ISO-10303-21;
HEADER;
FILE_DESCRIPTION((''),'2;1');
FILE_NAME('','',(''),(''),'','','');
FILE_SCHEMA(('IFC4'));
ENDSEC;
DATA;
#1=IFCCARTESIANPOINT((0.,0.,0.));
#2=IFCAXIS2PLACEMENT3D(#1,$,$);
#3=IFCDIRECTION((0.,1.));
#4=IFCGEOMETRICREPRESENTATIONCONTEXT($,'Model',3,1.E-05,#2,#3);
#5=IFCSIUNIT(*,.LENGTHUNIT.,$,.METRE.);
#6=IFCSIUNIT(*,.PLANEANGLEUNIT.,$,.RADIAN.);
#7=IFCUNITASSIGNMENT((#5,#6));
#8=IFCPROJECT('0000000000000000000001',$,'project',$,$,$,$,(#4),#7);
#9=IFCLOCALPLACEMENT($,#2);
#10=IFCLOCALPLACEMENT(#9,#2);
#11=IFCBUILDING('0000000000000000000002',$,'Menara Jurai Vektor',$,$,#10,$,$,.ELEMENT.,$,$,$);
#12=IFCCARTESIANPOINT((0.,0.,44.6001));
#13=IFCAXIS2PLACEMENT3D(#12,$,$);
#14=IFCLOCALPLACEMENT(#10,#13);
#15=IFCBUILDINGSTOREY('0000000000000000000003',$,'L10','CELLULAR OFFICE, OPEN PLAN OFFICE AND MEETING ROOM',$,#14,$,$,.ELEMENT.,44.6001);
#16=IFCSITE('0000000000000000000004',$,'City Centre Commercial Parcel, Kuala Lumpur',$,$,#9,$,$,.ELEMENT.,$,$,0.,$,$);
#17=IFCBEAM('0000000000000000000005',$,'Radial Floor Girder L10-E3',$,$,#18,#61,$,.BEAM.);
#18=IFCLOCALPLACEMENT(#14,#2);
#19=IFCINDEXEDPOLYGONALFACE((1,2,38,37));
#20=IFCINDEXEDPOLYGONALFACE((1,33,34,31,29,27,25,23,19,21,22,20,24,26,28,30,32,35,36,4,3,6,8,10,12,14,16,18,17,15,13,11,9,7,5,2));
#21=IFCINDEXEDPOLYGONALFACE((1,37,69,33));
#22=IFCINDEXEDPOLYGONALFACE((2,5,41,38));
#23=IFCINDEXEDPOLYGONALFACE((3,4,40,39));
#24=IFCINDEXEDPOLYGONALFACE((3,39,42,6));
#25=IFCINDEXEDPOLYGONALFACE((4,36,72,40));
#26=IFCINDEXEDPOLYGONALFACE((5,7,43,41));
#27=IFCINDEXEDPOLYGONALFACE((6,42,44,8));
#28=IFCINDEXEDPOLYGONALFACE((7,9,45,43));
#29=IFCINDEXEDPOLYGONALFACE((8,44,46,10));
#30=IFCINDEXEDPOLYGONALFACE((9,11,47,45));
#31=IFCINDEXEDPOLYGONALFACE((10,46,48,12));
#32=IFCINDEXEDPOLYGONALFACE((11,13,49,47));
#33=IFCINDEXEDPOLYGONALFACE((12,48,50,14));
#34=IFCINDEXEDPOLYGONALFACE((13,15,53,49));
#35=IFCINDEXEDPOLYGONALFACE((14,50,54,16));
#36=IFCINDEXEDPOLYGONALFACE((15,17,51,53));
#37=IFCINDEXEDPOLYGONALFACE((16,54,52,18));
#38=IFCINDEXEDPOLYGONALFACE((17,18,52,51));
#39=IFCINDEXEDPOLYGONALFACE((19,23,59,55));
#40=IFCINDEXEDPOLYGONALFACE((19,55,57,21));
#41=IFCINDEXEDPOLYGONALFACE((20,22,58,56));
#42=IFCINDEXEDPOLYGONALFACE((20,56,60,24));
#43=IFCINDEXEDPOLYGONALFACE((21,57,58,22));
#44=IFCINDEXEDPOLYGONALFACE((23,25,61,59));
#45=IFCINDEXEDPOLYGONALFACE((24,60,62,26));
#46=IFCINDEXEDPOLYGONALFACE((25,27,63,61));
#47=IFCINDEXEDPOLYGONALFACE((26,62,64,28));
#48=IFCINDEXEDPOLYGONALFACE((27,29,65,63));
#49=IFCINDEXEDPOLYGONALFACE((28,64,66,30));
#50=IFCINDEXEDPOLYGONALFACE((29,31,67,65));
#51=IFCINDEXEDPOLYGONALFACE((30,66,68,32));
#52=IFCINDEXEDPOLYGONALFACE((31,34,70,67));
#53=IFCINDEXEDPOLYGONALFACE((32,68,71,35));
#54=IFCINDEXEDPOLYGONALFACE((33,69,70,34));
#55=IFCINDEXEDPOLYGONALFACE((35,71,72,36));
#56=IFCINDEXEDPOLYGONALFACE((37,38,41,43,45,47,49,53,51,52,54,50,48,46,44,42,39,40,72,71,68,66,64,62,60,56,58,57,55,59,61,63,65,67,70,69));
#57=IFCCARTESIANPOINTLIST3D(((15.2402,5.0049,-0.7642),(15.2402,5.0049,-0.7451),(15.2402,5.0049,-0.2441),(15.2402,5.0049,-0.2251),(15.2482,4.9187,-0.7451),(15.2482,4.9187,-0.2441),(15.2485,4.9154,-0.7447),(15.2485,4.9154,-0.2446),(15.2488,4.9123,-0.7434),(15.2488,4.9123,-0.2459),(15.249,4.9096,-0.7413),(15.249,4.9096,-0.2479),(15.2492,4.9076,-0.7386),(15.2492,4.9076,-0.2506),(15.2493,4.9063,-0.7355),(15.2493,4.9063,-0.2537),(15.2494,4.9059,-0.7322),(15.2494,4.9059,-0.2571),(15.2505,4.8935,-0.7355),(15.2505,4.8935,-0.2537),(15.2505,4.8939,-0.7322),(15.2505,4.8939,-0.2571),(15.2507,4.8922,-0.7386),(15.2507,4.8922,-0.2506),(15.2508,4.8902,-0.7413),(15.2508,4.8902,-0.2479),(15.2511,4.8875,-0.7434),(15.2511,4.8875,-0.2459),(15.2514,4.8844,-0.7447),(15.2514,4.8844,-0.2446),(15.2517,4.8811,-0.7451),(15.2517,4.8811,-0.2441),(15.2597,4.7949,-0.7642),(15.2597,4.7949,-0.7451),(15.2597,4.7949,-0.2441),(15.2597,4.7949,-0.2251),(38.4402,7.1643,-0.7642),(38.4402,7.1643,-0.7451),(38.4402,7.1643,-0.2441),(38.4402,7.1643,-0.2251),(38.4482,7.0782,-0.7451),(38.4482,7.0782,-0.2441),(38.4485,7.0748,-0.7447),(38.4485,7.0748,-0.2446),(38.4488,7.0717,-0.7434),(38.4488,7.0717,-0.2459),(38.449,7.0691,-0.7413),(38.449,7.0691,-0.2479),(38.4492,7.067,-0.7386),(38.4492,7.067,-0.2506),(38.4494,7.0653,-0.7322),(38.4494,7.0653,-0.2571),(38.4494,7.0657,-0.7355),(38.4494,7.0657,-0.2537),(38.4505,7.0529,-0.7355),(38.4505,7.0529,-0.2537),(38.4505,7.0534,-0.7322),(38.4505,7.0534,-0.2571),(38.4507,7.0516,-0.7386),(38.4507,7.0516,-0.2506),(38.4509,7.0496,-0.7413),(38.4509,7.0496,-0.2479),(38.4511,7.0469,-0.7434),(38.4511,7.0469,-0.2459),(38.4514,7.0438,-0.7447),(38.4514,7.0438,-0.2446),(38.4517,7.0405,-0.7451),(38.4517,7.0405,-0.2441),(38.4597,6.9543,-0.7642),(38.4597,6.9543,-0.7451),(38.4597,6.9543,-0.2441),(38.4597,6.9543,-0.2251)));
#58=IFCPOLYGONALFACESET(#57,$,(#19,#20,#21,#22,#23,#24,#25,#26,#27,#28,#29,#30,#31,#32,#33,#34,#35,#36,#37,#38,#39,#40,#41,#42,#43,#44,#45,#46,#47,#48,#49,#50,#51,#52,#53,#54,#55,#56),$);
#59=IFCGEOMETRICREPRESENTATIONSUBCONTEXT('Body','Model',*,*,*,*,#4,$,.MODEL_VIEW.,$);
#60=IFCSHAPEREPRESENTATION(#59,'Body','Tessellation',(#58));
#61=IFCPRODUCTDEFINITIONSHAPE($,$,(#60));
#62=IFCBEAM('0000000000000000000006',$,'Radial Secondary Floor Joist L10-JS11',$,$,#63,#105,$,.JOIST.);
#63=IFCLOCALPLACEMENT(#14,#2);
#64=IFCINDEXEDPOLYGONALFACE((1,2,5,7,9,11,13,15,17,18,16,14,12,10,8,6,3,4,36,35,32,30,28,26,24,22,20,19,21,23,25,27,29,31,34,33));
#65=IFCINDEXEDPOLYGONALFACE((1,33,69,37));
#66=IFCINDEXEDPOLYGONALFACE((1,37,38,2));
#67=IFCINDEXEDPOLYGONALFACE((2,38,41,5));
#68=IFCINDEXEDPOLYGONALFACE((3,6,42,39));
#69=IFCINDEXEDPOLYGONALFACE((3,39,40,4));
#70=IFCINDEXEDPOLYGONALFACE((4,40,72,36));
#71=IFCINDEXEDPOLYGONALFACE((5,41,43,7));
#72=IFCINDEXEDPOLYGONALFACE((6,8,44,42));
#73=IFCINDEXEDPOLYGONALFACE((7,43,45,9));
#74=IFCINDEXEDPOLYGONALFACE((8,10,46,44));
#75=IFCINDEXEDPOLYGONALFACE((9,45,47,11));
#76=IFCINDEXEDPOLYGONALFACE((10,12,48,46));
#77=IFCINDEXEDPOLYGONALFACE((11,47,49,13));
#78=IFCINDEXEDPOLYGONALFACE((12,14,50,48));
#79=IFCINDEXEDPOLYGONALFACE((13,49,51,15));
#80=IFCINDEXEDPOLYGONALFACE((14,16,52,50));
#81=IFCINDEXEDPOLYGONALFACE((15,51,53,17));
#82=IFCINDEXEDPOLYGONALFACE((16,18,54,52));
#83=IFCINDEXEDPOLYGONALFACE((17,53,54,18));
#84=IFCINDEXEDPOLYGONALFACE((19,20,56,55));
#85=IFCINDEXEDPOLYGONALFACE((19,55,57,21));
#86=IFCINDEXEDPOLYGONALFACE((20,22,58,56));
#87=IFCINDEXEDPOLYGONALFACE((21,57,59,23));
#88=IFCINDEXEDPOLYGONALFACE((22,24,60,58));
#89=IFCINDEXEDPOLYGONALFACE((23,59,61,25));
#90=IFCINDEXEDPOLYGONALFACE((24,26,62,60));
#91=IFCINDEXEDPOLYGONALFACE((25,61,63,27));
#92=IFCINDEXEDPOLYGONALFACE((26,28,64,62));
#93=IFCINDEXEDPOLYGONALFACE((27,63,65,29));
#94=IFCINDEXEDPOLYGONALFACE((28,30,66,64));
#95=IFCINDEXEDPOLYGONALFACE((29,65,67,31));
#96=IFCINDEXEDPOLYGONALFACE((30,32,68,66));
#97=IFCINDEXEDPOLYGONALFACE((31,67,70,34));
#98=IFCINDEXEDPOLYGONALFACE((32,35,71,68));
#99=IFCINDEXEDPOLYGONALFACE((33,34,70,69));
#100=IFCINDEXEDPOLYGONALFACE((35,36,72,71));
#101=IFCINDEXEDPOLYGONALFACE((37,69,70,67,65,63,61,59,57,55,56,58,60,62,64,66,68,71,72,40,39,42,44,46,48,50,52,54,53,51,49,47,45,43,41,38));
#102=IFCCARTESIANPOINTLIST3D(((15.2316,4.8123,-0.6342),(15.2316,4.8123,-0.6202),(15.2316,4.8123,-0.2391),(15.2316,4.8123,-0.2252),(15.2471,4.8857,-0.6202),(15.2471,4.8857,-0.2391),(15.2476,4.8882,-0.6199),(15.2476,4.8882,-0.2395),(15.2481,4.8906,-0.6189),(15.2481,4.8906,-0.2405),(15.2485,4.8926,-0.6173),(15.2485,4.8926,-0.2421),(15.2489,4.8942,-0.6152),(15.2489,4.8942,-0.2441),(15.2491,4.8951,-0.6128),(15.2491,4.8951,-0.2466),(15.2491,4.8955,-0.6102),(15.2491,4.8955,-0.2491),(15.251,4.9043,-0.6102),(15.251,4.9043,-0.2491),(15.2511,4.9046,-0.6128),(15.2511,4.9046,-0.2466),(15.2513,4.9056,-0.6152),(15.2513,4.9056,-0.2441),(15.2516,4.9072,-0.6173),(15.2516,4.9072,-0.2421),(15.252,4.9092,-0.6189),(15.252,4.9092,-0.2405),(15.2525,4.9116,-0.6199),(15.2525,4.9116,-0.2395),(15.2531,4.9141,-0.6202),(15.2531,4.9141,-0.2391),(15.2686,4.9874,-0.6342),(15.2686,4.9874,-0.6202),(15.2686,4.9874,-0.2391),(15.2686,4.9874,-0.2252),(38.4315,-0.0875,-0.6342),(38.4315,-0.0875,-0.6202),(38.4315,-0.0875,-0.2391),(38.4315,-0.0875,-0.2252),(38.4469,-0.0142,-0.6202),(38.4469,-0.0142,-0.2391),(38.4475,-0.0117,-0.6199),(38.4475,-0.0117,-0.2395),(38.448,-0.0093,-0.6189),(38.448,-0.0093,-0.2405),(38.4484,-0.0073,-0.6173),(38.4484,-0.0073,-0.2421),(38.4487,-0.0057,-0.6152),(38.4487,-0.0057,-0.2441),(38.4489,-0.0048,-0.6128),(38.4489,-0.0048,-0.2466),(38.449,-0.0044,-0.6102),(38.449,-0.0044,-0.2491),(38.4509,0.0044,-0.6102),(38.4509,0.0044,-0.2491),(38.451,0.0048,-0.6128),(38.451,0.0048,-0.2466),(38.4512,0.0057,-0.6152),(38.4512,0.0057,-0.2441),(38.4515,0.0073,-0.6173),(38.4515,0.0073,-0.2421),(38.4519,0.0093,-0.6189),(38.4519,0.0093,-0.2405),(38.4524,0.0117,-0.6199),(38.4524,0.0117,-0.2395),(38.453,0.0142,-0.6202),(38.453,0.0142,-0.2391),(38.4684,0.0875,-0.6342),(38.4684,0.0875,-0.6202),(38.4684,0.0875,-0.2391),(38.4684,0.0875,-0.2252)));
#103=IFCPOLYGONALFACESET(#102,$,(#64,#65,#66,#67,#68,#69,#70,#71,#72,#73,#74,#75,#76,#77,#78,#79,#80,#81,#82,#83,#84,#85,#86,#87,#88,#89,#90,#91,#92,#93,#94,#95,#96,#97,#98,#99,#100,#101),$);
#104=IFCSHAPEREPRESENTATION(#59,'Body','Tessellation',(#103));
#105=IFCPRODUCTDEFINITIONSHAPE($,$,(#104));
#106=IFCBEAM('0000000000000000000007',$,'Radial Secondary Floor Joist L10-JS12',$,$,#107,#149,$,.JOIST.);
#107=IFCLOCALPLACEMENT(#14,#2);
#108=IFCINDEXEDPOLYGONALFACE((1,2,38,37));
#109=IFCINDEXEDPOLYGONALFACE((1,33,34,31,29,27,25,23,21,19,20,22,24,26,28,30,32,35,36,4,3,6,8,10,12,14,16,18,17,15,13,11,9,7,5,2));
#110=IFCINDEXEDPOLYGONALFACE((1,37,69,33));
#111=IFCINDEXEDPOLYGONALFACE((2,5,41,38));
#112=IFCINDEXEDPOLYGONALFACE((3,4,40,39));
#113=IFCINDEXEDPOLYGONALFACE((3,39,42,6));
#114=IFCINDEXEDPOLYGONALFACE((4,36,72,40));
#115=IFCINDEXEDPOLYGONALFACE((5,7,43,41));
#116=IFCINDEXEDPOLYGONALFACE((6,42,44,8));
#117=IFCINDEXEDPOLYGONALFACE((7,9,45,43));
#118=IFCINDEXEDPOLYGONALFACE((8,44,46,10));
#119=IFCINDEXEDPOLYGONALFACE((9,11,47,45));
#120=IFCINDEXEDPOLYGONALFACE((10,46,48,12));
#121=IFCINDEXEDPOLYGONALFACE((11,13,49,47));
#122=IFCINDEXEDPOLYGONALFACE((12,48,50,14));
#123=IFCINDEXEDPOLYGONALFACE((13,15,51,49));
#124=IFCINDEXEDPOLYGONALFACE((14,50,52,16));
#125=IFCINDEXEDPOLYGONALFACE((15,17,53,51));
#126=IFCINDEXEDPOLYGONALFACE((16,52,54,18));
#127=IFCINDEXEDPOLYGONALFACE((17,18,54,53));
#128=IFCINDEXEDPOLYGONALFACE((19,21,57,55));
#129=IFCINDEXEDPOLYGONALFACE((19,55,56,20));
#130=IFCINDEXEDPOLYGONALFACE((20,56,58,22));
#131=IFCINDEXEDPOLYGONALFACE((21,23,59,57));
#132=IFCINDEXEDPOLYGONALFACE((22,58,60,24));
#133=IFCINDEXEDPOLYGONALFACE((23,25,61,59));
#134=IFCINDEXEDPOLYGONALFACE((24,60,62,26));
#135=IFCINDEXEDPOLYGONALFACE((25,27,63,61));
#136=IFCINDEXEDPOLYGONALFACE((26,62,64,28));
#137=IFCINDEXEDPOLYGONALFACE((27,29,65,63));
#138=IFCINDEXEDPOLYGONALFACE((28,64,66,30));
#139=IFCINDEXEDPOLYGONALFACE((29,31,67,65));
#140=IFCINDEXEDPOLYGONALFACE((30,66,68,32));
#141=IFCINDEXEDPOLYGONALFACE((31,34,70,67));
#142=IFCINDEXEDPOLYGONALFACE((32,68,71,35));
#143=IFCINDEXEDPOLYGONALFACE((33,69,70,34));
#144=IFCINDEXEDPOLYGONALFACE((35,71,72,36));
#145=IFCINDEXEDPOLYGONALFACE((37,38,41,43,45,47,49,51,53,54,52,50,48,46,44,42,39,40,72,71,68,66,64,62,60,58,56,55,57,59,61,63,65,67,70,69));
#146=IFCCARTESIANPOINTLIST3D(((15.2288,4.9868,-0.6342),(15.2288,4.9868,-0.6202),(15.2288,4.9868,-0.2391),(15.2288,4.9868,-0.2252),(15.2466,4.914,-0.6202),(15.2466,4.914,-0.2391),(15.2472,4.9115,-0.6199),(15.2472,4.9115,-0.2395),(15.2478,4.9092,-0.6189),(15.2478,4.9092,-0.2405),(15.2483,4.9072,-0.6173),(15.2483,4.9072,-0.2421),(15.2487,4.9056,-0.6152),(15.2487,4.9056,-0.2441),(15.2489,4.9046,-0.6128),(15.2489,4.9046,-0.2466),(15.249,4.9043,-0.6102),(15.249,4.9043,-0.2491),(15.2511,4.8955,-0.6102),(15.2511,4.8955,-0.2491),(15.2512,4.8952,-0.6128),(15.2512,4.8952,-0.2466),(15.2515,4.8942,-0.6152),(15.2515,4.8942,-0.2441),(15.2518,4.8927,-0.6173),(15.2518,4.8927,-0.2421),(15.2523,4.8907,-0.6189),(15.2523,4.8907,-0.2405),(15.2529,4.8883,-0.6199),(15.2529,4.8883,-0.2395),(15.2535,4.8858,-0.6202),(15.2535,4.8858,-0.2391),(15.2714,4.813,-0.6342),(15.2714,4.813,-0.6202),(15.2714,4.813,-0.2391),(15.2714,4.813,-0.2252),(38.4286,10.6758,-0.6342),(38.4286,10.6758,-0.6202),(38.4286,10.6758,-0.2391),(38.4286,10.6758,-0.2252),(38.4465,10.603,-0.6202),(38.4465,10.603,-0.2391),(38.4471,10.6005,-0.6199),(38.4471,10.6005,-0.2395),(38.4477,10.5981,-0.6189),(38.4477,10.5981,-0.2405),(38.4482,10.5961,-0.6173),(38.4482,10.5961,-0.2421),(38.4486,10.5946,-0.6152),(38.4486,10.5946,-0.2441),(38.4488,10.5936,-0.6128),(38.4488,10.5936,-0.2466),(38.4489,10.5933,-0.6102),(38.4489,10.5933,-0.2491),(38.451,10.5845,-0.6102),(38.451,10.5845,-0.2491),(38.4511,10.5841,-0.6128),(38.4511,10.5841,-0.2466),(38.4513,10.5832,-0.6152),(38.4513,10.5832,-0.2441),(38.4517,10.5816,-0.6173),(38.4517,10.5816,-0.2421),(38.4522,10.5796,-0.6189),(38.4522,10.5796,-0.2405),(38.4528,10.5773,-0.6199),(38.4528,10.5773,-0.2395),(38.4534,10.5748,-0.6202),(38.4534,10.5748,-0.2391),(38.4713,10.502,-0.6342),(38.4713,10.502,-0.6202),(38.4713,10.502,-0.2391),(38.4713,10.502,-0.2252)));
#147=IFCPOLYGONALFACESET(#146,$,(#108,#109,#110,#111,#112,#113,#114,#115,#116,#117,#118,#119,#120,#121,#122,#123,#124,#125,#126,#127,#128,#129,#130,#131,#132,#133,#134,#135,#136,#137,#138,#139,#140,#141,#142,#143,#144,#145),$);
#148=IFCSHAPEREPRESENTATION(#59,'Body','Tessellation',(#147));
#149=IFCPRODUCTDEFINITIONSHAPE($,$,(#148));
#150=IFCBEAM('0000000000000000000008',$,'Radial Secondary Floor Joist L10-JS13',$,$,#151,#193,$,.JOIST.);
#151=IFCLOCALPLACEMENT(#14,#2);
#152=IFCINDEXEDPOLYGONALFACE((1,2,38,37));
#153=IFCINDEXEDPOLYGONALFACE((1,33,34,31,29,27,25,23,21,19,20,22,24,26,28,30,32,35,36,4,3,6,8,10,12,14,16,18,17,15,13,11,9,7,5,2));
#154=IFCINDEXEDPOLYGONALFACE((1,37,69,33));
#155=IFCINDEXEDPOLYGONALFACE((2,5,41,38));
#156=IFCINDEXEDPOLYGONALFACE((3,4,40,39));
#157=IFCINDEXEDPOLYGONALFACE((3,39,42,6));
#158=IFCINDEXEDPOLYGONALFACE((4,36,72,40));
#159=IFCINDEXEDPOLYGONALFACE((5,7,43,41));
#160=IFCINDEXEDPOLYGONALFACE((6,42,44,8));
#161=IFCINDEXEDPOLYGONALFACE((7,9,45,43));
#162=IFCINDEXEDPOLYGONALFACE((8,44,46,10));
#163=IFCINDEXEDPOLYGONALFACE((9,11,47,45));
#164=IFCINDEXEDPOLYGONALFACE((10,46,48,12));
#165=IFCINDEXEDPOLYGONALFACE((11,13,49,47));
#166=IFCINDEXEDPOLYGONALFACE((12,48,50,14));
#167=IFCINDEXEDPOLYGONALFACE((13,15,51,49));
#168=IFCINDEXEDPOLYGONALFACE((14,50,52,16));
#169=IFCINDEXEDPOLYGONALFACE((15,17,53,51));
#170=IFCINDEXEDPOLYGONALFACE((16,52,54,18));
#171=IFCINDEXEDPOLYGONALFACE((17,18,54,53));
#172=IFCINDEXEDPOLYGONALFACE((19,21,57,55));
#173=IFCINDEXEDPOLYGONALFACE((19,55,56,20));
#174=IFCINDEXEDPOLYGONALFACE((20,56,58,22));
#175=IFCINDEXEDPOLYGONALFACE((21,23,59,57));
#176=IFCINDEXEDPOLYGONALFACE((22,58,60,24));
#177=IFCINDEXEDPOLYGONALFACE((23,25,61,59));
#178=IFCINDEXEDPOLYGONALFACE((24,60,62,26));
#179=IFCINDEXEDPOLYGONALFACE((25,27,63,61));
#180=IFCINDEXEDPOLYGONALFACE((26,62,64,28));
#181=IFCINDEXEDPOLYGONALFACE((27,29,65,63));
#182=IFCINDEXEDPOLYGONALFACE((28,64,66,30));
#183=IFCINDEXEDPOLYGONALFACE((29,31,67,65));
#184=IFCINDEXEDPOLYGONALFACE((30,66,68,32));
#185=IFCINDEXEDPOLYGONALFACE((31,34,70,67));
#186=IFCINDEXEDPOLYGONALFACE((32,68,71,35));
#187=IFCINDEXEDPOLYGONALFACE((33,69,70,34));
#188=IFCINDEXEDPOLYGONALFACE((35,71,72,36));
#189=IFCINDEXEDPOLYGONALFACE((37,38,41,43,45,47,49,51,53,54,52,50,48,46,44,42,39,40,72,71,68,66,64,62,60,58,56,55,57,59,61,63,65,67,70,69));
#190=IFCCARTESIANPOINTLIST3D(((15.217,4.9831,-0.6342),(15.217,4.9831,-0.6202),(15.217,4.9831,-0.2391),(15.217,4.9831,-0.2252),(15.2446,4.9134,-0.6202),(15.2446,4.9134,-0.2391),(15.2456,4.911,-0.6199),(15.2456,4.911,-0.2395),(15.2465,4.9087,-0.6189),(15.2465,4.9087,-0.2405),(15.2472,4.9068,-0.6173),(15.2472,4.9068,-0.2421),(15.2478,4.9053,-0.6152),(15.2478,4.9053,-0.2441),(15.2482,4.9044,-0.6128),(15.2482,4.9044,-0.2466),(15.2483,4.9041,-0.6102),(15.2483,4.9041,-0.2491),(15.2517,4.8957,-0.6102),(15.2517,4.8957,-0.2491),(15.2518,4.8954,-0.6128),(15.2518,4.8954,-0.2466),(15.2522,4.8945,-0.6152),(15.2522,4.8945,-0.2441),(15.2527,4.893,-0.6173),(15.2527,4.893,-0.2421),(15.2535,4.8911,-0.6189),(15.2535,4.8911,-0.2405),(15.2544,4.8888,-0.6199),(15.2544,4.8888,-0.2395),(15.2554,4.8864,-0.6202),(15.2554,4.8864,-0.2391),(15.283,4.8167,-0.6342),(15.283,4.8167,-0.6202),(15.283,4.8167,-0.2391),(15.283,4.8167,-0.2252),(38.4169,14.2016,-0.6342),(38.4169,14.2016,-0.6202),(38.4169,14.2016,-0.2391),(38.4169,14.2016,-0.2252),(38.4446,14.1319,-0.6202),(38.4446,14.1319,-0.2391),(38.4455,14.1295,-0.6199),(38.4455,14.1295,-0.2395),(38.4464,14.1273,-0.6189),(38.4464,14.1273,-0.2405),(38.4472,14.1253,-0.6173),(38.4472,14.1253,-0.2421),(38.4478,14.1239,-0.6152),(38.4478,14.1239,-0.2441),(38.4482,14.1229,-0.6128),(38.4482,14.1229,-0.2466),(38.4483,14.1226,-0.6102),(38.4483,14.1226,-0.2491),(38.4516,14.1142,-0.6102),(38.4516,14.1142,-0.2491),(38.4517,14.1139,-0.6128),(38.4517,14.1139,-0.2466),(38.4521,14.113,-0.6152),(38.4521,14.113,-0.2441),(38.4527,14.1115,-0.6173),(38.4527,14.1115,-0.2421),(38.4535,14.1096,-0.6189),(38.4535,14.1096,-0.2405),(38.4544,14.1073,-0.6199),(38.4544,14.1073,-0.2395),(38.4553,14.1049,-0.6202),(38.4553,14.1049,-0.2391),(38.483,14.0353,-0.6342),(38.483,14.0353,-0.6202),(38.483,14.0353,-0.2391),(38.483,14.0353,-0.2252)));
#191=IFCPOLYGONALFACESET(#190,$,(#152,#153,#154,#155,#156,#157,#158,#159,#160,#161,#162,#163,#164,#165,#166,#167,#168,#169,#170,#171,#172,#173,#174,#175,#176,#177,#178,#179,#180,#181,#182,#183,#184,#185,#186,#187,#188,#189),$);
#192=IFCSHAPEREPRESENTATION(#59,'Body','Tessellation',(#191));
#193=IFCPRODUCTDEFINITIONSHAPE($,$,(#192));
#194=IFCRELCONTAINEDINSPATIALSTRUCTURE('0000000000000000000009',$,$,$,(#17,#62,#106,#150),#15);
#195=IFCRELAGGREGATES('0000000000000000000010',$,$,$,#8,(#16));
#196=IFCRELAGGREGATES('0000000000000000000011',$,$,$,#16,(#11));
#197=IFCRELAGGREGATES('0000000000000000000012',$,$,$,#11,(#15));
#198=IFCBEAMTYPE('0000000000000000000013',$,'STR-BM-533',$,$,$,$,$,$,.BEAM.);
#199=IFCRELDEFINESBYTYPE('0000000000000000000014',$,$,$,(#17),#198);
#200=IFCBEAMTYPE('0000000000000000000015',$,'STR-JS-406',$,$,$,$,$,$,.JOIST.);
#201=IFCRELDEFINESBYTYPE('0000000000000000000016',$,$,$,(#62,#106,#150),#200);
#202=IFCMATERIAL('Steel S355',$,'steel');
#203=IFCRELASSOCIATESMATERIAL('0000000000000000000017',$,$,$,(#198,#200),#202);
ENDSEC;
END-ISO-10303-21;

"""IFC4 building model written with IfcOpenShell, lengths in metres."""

from ifc_helpers import new_model, si_unit, direction, frame, origin, origin_2d, place, context, subcontext, project, spatial, i_section, extrude, material, material_profile, profile_set, type_object, element, save


model = new_model("IFC4")

# Units and contexts
model_context = context("Model", 3, precision=1e-05, world=origin(), true_north=direction((0.0, 1.0)))
body_context = subcontext(model_context, "Body", "Model", "MODEL_VIEW")
ifc_project = project(units=[si_unit("LENGTHUNIT", "METRE"), si_unit("PLANEANGLEUNIT", "RADIAN")], contexts=[model_context])

# Site, building, storey
site_placement = place(None, origin())
site = spatial("IfcSite", under=ifc_project, at=site_placement, Name="City Centre Commercial Parcel, Kuala Lumpur", CompositionType="ELEMENT", RefElevation=0.0)
building_placement = place(site_placement, origin())
building = spatial("IfcBuilding", under=site, at=building_placement, Name="Menara Jurai Vektor", CompositionType="ELEMENT")
storey_placement = place(building_placement, frame((0.0, 0.0, 44.6001)))
storey = spatial("IfcBuildingStorey", under=building, at=storey_placement, Name="L10", Description="CELLULAR OFFICE, OPEN PLAN OFFICE AND MEETING ROOM", CompositionType="ELEMENT", Elevation=44.6001)

# Beams
ifc_material_1 = material(Name="Steel S355", Category="steel")
ifc_material_profile_1 = material_profile(ifc_material_1, i_section(OverallWidth=0.2109, OverallDepth=0.5391, WebThickness=0.012, FlangeThickness=0.019, FilletRadius=0.0129, at=origin_2d()), Name="UKB 533x210x109")
ifc_profile_set_1 = profile_set([ifc_material_profile_1], Name="Steel S355")
beam_type_1 = type_object("IfcBeamType", Name="STR-BM-533", PredefinedType="BEAM", material=ifc_profile_set_1)
beam_1_placement = place(storey_placement, frame((38.45, 7.0593, -0.4946), z_axis=(-0.995696, -0.092678, 0.0), x_axis=(0.092678, -0.995696, 0.0)))
element("IfcBeam", 1, at=beam_1_placement, inside=storey, type_object=beam_type_1, Name="Radial Floor Girder L10-E3", PredefinedType="BEAM", context=body_context, shape_type="SweptSolid", body=[
    extrude(i_section(OverallWidth=0.2109, OverallDepth=0.5391, WebThickness=0.012, FlangeThickness=0.019, FilletRadius=0.0129, at=origin_2d()), origin(), (0.0, 0.0, 1.0), 23.3003),
])
ifc_material_profile_2 = material_profile(ifc_material_1, i_section(OverallWidth=0.179, OverallDepth=0.4089, WebThickness=0.009, FlangeThickness=0.0139, FilletRadius=0.01, at=origin_2d()), Name="UKB 406x178x67")
ifc_profile_set_2 = profile_set([ifc_material_profile_2], Name="Steel S355")
beam_type_2 = type_object("IfcBeamType", Name="STR-JS-406", PredefinedType="JOIST", material=ifc_profile_set_2)
beam_2_placement = place(storey_placement, frame((38.45, 0.0, -0.4297), z_axis=(-0.978416, 0.206645, 0.0), x_axis=(-0.206645, -0.978416, 0.0)))
element("IfcBeam", 2, at=beam_2_placement, inside=storey, type_object=beam_type_2, Name="Radial Secondary Floor Joist L10-JS11", PredefinedType="JOIST", context=body_context, shape_type="SweptSolid", body=[
    extrude(i_section(OverallWidth=0.179, OverallDepth=0.4089, WebThickness=0.009, FlangeThickness=0.0139, FilletRadius=0.01, at=origin_2d()), origin(), (0.0, 0.0, 1.0), 23.7117),
])
beam_3_placement = place(storey_placement, frame((38.45, 10.5889, -0.4297), z_axis=(-0.971226, -0.238159, 0.0), x_axis=(0.238159, -0.971226, 0.0)))
element("IfcBeam", 3, at=beam_3_placement, inside=storey, type_object=beam_type_2, Name="Radial Secondary Floor Joist L10-JS12", PredefinedType="JOIST", context=body_context, shape_type="SweptSolid", body=[
    extrude(i_section(OverallWidth=0.179, OverallDepth=0.4089, WebThickness=0.009, FlangeThickness=0.0139, FilletRadius=0.01, at=origin_2d()), origin(), (0.0, 0.0, 1.0), 23.8872),
])
beam_4_placement = place(storey_placement, frame((38.45, 14.1184, -0.4297), z_axis=(-0.929323, -0.369267, 0.0), x_axis=(0.369267, -0.929323, 0.0)))
element("IfcBeam", 4, at=beam_4_placement, inside=storey, type_object=beam_type_2, Name="Radial Secondary Floor Joist L10-JS13", PredefinedType="JOIST", context=body_context, shape_type="SweptSolid", body=[
    extrude(i_section(OverallWidth=0.179, OverallDepth=0.4089, WebThickness=0.009, FlangeThickness=0.0139, FilletRadius=0.01, at=origin_2d()), origin(), (0.0, 0.0, 1.0), 24.9644),
])

save(model, "model.ifc")
